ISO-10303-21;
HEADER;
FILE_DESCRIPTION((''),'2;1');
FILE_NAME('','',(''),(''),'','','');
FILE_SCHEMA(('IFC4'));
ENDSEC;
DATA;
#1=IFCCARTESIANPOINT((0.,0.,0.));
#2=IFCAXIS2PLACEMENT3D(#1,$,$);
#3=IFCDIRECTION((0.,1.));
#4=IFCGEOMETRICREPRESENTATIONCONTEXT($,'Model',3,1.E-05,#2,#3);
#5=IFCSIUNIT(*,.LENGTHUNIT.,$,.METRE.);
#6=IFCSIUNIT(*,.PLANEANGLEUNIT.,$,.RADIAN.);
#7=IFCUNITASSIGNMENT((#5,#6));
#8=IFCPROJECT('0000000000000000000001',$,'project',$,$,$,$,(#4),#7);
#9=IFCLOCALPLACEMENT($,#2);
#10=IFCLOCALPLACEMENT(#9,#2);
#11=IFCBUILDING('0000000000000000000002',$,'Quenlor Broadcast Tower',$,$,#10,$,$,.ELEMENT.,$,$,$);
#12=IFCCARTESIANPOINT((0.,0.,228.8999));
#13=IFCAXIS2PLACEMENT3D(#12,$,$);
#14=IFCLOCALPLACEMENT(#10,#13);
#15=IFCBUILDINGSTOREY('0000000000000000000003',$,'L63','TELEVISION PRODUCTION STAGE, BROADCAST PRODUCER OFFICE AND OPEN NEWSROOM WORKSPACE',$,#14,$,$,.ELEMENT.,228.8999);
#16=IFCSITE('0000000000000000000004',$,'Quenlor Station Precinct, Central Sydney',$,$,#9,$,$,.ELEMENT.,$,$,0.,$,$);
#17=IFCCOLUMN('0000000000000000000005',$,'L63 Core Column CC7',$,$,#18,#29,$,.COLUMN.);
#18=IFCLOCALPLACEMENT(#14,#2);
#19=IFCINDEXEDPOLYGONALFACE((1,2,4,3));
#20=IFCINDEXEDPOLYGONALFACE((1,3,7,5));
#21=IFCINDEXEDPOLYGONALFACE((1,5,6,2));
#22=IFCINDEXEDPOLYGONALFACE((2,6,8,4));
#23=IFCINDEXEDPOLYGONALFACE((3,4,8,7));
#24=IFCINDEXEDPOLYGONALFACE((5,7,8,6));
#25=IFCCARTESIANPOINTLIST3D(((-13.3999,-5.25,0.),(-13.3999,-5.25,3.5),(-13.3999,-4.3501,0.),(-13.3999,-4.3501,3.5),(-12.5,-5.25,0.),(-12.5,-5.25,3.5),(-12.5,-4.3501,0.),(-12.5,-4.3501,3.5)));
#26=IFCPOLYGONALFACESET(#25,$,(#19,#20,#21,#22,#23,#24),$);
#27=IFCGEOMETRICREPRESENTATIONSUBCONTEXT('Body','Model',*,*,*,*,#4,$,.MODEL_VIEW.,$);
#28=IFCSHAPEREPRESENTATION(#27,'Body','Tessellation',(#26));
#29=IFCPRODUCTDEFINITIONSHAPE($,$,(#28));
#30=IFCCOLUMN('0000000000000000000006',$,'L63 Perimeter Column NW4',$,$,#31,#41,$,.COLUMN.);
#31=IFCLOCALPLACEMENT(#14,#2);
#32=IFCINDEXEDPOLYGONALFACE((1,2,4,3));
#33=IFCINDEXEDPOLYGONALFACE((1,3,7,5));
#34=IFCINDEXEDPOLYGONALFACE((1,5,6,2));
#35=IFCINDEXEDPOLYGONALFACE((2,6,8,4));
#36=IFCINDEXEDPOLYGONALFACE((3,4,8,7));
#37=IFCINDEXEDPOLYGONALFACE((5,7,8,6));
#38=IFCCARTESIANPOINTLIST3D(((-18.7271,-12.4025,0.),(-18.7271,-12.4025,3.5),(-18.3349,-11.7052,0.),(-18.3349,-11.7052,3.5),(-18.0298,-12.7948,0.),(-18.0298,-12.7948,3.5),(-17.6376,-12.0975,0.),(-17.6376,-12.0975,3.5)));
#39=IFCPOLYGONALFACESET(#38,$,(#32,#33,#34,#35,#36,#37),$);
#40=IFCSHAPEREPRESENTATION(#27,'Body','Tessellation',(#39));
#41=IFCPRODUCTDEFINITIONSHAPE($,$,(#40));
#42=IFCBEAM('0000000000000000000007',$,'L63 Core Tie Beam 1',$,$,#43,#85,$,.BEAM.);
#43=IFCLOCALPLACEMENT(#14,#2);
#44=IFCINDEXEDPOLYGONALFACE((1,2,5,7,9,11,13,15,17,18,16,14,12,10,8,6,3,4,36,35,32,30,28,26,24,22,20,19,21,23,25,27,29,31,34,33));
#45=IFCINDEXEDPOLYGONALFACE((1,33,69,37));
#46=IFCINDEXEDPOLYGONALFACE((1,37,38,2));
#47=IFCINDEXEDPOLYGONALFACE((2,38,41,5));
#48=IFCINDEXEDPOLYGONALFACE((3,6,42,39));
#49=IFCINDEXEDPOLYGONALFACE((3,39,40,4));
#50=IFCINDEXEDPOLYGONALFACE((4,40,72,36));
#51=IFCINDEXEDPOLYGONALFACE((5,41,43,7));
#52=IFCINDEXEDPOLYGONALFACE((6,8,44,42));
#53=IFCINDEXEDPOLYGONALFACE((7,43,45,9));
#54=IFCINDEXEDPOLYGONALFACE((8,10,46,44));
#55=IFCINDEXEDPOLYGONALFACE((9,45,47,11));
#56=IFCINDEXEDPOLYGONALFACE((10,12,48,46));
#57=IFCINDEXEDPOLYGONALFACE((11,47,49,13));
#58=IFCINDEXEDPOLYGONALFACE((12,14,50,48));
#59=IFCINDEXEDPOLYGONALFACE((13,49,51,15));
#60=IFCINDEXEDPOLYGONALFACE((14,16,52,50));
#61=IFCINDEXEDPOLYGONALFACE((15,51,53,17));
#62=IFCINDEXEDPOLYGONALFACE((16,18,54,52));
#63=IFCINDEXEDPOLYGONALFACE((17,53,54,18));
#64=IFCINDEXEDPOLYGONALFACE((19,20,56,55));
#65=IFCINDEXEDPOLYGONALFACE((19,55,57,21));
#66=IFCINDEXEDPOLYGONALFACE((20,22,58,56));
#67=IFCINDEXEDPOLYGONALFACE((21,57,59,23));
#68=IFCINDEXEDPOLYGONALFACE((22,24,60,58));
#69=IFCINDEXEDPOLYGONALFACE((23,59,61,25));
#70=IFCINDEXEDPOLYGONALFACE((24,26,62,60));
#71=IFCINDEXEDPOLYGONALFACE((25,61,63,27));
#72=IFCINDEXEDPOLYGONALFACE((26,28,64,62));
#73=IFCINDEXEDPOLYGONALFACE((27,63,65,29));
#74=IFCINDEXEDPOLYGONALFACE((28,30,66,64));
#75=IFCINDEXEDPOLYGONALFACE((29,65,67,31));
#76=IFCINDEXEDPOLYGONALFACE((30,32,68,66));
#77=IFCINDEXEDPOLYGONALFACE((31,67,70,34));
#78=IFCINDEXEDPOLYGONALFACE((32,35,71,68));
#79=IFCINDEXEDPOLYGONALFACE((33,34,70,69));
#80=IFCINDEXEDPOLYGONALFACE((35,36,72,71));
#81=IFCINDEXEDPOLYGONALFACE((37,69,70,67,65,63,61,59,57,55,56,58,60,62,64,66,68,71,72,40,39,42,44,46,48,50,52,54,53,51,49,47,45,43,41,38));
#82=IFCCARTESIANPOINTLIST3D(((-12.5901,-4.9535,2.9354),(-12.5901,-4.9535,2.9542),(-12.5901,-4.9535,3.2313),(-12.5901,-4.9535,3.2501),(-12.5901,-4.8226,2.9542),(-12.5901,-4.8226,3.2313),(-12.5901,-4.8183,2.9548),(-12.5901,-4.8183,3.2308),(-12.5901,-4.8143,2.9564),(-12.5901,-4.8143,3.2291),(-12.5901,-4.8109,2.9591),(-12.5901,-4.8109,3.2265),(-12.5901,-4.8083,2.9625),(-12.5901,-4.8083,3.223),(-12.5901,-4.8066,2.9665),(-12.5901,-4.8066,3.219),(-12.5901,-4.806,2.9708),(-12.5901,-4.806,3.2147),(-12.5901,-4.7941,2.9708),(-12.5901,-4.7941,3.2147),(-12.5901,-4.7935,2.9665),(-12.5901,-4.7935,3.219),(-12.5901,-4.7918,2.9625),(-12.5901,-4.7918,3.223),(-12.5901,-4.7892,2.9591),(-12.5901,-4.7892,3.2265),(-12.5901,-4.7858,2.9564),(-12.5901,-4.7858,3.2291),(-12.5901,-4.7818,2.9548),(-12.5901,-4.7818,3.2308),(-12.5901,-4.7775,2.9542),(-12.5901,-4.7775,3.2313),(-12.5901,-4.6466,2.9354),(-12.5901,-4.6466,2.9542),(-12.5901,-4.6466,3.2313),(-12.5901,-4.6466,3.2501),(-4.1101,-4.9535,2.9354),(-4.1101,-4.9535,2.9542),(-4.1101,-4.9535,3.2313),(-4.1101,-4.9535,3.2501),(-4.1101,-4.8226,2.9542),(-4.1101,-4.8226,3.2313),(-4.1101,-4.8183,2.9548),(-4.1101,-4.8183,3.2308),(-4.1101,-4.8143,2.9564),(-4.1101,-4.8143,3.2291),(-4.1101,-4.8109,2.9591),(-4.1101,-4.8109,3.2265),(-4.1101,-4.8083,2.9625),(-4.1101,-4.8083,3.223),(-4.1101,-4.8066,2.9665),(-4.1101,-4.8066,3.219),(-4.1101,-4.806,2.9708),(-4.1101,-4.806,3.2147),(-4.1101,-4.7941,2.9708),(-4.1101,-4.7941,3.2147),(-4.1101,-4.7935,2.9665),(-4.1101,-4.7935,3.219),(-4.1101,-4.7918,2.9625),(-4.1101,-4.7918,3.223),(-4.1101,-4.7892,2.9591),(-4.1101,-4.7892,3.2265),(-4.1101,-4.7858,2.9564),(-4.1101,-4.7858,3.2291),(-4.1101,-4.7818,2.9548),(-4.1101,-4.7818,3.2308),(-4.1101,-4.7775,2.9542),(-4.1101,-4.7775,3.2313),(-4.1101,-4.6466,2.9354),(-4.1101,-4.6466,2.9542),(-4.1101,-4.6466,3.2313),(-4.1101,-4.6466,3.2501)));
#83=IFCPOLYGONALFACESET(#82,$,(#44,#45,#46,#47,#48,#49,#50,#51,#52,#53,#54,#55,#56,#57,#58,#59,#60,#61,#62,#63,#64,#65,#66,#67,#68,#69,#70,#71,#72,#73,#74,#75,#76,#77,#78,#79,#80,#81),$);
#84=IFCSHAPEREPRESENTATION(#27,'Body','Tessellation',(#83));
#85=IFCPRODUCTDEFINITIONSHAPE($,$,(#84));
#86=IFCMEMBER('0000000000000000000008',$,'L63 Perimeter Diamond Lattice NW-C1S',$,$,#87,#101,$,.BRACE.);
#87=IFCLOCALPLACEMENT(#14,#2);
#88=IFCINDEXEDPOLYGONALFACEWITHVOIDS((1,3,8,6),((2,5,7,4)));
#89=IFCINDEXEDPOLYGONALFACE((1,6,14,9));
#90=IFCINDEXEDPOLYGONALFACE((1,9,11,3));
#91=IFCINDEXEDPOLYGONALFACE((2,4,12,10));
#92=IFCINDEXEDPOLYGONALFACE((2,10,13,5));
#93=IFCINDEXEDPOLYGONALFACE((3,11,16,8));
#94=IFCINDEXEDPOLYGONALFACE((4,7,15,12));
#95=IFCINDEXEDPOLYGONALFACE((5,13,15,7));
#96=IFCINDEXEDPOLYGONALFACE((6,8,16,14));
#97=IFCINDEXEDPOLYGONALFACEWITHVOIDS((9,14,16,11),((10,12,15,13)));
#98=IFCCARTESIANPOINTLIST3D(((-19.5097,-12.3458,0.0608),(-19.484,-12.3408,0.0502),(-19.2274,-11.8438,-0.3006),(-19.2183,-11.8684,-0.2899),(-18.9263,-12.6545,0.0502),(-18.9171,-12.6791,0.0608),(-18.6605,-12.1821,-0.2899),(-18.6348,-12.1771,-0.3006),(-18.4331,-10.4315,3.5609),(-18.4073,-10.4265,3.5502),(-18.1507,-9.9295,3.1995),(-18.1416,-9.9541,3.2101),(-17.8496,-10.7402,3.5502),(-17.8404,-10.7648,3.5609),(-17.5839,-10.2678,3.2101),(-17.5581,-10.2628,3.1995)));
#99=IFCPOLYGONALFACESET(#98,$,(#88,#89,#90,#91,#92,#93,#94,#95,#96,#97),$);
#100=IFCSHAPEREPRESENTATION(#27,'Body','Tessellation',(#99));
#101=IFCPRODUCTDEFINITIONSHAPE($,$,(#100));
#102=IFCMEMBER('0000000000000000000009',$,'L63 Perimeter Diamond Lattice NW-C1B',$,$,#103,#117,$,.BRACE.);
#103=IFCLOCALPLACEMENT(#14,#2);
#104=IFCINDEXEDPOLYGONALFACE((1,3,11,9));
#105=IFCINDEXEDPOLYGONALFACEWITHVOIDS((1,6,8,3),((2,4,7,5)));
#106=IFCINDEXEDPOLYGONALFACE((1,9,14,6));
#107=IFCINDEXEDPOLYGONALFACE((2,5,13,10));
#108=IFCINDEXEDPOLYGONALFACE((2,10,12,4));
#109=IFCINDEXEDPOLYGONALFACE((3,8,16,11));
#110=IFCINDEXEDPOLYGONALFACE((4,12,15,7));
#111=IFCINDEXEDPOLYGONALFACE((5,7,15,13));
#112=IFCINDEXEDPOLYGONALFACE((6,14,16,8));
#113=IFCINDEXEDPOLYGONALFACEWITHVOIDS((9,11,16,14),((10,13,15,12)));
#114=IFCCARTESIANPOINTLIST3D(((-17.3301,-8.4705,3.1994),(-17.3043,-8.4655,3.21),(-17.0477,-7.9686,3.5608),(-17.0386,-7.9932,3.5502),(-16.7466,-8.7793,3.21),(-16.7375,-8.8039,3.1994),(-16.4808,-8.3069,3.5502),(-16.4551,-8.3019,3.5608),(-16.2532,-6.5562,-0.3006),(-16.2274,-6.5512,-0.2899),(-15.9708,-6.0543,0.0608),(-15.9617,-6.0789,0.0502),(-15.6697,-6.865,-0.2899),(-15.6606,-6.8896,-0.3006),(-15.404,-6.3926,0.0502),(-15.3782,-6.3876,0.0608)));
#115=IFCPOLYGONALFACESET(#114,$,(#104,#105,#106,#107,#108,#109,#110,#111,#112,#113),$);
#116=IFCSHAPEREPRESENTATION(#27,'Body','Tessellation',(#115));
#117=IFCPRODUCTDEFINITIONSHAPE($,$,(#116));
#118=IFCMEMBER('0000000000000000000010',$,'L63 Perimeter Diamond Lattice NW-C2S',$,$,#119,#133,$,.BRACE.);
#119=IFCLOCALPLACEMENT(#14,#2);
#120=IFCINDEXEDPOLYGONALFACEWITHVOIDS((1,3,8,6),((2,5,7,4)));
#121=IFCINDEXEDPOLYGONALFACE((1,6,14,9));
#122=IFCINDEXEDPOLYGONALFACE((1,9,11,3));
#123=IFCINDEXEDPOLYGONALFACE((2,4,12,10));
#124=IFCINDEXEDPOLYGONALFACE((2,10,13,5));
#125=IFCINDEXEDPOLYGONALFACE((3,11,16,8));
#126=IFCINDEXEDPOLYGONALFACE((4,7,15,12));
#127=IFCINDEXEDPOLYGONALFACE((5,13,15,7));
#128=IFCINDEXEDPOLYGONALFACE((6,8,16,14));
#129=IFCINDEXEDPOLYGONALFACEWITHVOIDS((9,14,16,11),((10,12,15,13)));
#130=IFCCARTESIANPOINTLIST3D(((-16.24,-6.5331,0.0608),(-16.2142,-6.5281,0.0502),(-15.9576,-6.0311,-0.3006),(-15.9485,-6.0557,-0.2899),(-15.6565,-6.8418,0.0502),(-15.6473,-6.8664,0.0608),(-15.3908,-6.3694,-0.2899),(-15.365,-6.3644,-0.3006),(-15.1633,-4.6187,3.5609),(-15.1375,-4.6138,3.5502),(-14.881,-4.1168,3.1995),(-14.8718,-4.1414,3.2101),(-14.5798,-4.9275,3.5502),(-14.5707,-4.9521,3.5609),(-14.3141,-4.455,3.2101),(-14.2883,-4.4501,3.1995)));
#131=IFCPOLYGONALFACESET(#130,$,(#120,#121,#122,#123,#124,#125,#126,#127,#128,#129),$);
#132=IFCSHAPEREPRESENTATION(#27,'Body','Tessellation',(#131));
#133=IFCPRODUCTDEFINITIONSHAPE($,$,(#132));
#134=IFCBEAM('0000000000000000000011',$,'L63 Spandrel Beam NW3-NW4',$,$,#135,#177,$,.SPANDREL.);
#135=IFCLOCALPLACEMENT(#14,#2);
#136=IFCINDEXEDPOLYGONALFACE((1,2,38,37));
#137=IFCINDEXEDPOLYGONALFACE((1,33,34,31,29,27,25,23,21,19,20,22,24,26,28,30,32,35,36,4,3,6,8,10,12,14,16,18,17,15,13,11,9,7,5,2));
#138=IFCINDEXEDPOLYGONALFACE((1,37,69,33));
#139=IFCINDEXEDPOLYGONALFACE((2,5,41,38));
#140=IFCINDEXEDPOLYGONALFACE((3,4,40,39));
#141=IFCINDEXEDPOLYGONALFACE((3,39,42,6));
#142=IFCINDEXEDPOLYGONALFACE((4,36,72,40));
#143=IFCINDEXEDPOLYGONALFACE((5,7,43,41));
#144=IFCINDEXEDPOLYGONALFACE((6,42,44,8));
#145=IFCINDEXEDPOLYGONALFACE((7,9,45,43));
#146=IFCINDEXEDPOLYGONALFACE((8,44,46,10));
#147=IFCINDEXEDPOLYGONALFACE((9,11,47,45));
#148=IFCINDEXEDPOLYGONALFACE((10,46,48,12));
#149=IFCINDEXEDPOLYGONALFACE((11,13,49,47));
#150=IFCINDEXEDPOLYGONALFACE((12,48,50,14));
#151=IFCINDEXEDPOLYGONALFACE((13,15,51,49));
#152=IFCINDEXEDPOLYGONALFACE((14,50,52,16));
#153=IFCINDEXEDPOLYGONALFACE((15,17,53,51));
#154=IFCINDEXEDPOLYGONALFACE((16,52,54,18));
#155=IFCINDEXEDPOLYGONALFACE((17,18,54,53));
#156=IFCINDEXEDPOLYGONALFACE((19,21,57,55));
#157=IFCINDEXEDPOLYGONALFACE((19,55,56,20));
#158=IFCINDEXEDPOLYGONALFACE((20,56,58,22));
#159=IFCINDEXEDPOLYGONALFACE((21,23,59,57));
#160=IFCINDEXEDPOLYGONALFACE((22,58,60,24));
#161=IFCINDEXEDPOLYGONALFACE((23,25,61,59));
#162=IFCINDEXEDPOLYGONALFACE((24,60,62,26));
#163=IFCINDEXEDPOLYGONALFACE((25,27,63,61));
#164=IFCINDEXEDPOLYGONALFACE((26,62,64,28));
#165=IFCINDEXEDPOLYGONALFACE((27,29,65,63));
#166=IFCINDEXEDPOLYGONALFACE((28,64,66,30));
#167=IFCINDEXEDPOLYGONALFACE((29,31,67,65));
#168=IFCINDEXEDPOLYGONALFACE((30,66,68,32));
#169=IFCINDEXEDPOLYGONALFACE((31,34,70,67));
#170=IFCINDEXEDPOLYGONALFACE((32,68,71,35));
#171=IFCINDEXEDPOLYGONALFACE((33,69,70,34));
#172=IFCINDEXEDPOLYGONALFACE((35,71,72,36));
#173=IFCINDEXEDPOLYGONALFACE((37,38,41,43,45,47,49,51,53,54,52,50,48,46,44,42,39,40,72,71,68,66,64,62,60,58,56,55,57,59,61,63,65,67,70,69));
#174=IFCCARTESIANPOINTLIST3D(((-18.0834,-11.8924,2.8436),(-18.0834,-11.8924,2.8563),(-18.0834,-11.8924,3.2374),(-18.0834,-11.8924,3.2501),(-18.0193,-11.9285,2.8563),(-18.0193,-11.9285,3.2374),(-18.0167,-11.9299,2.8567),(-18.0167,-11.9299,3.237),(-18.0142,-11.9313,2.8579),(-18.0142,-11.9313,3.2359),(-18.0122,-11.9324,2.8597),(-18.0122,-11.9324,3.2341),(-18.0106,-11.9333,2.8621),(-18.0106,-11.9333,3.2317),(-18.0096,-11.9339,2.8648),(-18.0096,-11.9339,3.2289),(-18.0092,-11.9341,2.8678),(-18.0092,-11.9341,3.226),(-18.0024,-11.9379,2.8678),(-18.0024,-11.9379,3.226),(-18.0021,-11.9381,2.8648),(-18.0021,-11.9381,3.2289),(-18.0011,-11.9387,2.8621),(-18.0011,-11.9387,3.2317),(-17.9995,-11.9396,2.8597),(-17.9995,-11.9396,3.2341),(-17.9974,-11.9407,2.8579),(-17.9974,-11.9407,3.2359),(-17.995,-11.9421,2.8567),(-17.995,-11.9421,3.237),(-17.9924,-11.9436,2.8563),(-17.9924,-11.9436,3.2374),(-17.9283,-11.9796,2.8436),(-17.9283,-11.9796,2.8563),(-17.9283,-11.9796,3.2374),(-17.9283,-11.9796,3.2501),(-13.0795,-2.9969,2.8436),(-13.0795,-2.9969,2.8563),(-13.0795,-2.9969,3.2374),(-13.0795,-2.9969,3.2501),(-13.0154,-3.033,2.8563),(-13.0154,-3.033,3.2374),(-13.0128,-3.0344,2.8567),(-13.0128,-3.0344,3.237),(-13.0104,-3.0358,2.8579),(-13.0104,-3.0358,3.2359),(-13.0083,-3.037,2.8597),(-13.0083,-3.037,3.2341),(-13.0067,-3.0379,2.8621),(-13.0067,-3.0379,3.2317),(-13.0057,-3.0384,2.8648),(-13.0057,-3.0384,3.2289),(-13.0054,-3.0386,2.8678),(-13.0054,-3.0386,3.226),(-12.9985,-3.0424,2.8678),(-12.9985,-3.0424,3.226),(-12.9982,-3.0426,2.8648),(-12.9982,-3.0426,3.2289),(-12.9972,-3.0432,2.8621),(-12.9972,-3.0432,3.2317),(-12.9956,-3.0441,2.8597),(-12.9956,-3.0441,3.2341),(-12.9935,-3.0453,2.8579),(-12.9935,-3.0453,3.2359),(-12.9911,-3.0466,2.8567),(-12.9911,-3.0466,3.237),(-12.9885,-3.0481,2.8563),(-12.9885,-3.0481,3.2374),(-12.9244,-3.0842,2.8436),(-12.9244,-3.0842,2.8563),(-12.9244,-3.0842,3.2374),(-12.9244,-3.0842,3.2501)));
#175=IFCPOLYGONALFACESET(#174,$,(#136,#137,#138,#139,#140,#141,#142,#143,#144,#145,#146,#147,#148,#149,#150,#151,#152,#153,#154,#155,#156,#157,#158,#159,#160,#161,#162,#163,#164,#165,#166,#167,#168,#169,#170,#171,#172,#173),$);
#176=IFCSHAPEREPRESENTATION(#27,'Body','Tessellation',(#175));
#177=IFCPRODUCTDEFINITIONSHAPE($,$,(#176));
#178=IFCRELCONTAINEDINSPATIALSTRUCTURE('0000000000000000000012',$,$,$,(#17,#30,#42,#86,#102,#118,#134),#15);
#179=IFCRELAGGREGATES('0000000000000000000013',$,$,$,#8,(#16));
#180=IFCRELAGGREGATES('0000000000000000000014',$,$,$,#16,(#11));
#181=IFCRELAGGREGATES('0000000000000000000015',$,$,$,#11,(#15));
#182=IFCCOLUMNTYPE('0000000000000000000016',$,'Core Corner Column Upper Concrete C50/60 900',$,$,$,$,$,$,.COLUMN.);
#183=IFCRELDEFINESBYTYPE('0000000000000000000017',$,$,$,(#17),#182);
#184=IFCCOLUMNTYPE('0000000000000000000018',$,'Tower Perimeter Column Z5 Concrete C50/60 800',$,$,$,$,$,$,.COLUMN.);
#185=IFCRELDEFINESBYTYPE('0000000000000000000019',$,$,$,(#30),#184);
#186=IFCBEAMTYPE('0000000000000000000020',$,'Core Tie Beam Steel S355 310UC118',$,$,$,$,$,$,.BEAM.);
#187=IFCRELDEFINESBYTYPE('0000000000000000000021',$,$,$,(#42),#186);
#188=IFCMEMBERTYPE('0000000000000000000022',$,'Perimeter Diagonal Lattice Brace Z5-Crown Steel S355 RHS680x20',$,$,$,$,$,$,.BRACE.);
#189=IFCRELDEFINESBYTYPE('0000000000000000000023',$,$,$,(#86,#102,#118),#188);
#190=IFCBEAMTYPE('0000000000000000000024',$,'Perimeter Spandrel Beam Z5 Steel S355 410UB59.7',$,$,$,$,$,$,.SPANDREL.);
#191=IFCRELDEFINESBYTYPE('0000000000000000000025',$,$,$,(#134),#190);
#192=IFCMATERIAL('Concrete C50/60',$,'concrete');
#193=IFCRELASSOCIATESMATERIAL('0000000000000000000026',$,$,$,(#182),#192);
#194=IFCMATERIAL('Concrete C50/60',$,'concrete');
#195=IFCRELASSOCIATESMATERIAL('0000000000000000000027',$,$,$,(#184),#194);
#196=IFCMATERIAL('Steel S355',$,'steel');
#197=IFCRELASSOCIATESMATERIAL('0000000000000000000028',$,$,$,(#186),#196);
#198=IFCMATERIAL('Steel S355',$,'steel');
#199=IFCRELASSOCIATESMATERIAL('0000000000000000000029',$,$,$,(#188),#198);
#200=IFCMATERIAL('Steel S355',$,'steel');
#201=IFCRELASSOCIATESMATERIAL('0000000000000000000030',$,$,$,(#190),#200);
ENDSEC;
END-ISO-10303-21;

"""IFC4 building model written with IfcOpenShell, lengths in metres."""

from ifc_helpers import new_model, si_unit, direction, frame, origin, origin_2d, place, context, subcontext, project, spatial, rectangle, hollow_rectangle, i_section, extrude, material, material_profile, profile_set, type_object, element, save


model = new_model("IFC4")

# Units and contexts
model_context = context("Model", 3, precision=1e-05, world=origin(), true_north=direction((0.0, 1.0)))
body_context = subcontext(model_context, "Body", "Model", "MODEL_VIEW")
ifc_project = project(units=[si_unit("LENGTHUNIT", "METRE"), si_unit("PLANEANGLEUNIT", "RADIAN")], contexts=[model_context])

# Site, building, storey
site_placement = place(None, origin())
site = spatial("IfcSite", under=ifc_project, at=site_placement, Name="Quenlor Station Precinct, Central Sydney", CompositionType="ELEMENT", RefElevation=0.0)
building_placement = place(site_placement, origin())
building = spatial("IfcBuilding", under=site, at=building_placement, Name="Quenlor Broadcast Tower", CompositionType="ELEMENT")
storey_placement = place(building_placement, frame((0.0, 0.0, 228.8999)))
storey = spatial("IfcBuildingStorey", under=building, at=storey_placement, Name="L63", Description="TELEVISION PRODUCTION STAGE, BROADCAST PRODUCER OFFICE AND OPEN NEWSROOM WORKSPACE", CompositionType="ELEMENT", Elevation=228.8999)

# Columns
ifc_material_1 = material(Name="Concrete C50/60", Category="concrete")
ifc_material_profile_1 = material_profile(ifc_material_1, rectangle(XDim=0.8999, YDim=0.8999, at=origin_2d()))
ifc_profile_set_1 = profile_set([ifc_material_profile_1], Name="Concrete C50/60 RC900x900")
column_type_1 = type_object("IfcColumnType", Name="Core Corner Column Upper Concrete C50/60 900", PredefinedType="COLUMN", material=ifc_profile_set_1)
column_1_placement = place(storey_placement, frame((-12.95, -4.8, 0.0), z_axis=(0.0, 0.0, 1.0), x_axis=(1.0, 0.0, 0.0)))
element("IfcColumn", 1, at=column_1_placement, inside=storey, type_object=column_type_1, Name="L63 Core Column CC7", PredefinedType="COLUMN", context=body_context, shape_type="SweptSolid", body=[
    extrude(rectangle(XDim=0.8999, YDim=0.8999, at=origin_2d()), origin(), (0.0, 0.0, 1.0), 3.5),
])
ifc_material_2 = material(Name="Concrete C50/60", Category="concrete")
ifc_material_profile_2 = material_profile(ifc_material_2, rectangle(XDim=0.8, YDim=0.8, at=origin_2d()))
ifc_profile_set_2 = profile_set([ifc_material_profile_2], Name="Concrete C50/60 RC800x800")
column_type_2 = type_object("IfcColumnType", Name="Tower Perimeter Column Z5 Concrete C50/60 800", PredefinedType="COLUMN", material=ifc_profile_set_2)
column_2_placement = place(storey_placement, frame((-18.1824, -12.25, 0.0), z_axis=(0.0, 0.0, 1.0), x_axis=(-0.871575, 0.490262, 0.0)))
element("IfcColumn", 2, at=column_2_placement, inside=storey, type_object=column_type_2, Name="L63 Perimeter Column NW4", PredefinedType="COLUMN", context=body_context, shape_type="SweptSolid", body=[
    extrude(rectangle(XDim=0.8, YDim=0.8, at=origin_2d()), origin(), (0.0, 0.0, 1.0), 3.5),
])

# Beam
ifc_material_3 = material(Name="Steel S355", Category="steel")
ifc_material_profile_3 = material_profile(ifc_material_3, i_section(OverallWidth=0.3069, OverallDepth=0.3147, WebThickness=0.012, FlangeThickness=0.0188, FilletRadius=0.0166, at=origin_2d()))
ifc_profile_set_3 = profile_set([ifc_material_profile_3], Name="Steel S355 310UC118")
beam_type_1 = type_object("IfcBeamType", Name="Core Tie Beam Steel S355 310UC118", PredefinedType="BEAM", material=ifc_profile_set_3)
beam_1_placement = place(storey_placement, frame((-12.5901, -4.8, 3.0928), z_axis=(1.0, 0.0, 0.0), x_axis=(0.0, 1.0, 0.0)))
element("IfcBeam", 3, at=beam_1_placement, inside=storey, type_object=beam_type_1, Name="L63 Core Tie Beam 1", PredefinedType="BEAM", context=body_context, shape_type="SweptSolid", body=[
    extrude(i_section(OverallWidth=0.3069, OverallDepth=0.3147, WebThickness=0.012, FlangeThickness=0.0188, FilletRadius=0.0166, at=origin_2d()), origin(), (0.0, 0.0, 1.0), 8.48),
])

# Members
ifc_material_4 = material(Name="Steel S355", Category="steel")
ifc_material_profile_4 = material_profile(ifc_material_4, hollow_rectangle(XDim=0.6799, YDim=0.6799, WallThickness=0.02, at=origin_2d()))
ifc_profile_set_4 = profile_set([ifc_material_profile_4], Name="Steel S355 RHS680x680x20")
member_type = type_object("IfcMemberType", Name="Perimeter Diagonal Lattice Brace Z5-Crown Steel S355 RHS680x20", PredefinedType="BRACE", material=ifc_profile_set_4)
for number, where, z_axis, x_axis, name in (
    (4, (-19.0723, -12.2615, -0.1199), (0.260564, 0.463283, 0.847039), (-0.871602, 0.490214, 0.0), "L63 Perimeter Diamond Lattice NW-C1S"),
    (5, (-15.8157, -6.4719, -0.1199), (-0.260619, -0.463276, 0.847026), (0.871555, -0.490298, 0.0), "L63 Perimeter Diamond Lattice NW-C1B"),
    (6, (-15.8025, -6.4487, -0.1199), (0.260564, 0.463283, 0.847039), (-0.871602, 0.490214, 0.0), "L63 Perimeter Diamond Lattice NW-C2S"),
):
    element("IfcMember", number, at=place(storey_placement, frame(where, z_axis=z_axis, x_axis=x_axis)), inside=storey, type_object=member_type, Name=name, PredefinedType="BRACE", context=body_context, shape_type="SweptSolid", body=[
        extrude(hollow_rectangle(XDim=0.6799, YDim=0.6799, WallThickness=0.02, at=origin_2d()), origin(), (0.0, 0.0, 1.0), 4.1321),
    ])

# Beam
ifc_material_5 = material(Name="Steel S355", Category="steel")
ifc_material_profile_5 = material_profile(ifc_material_5, i_section(OverallWidth=0.178, OverallDepth=0.4065, WebThickness=0.0078, FlangeThickness=0.0127, FilletRadius=0.0115, at=origin_2d()))
ifc_profile_set_5 = profile_set([ifc_material_profile_5], Name="Steel S355 410UB59.7")
beam_type_2 = type_object("IfcBeamType", Name="Perimeter Spandrel Beam Z5 Steel S355 410UB59.7", PredefinedType="SPANDREL", material=ifc_profile_set_5)
beam_2_placement = place(storey_placement, frame((-13.002, -3.0405, 3.0469), z_axis=(-0.490275, -0.871568, 0.0), x_axis=(0.871568, -0.490275, 0.0)))
element("IfcBeam", 7, at=beam_2_placement, inside=storey, type_object=beam_type_2, Name="L63 Spandrel Beam NW3-NW4", PredefinedType="SPANDREL", context=body_context, shape_type="SweptSolid", body=[
    extrude(i_section(OverallWidth=0.178, OverallDepth=0.4065, WebThickness=0.0078, FlangeThickness=0.0127, FilletRadius=0.0115, at=origin_2d()), origin(), (0.0, 0.0, 1.0), 10.2063),
])

save(model, "model.ifc")
